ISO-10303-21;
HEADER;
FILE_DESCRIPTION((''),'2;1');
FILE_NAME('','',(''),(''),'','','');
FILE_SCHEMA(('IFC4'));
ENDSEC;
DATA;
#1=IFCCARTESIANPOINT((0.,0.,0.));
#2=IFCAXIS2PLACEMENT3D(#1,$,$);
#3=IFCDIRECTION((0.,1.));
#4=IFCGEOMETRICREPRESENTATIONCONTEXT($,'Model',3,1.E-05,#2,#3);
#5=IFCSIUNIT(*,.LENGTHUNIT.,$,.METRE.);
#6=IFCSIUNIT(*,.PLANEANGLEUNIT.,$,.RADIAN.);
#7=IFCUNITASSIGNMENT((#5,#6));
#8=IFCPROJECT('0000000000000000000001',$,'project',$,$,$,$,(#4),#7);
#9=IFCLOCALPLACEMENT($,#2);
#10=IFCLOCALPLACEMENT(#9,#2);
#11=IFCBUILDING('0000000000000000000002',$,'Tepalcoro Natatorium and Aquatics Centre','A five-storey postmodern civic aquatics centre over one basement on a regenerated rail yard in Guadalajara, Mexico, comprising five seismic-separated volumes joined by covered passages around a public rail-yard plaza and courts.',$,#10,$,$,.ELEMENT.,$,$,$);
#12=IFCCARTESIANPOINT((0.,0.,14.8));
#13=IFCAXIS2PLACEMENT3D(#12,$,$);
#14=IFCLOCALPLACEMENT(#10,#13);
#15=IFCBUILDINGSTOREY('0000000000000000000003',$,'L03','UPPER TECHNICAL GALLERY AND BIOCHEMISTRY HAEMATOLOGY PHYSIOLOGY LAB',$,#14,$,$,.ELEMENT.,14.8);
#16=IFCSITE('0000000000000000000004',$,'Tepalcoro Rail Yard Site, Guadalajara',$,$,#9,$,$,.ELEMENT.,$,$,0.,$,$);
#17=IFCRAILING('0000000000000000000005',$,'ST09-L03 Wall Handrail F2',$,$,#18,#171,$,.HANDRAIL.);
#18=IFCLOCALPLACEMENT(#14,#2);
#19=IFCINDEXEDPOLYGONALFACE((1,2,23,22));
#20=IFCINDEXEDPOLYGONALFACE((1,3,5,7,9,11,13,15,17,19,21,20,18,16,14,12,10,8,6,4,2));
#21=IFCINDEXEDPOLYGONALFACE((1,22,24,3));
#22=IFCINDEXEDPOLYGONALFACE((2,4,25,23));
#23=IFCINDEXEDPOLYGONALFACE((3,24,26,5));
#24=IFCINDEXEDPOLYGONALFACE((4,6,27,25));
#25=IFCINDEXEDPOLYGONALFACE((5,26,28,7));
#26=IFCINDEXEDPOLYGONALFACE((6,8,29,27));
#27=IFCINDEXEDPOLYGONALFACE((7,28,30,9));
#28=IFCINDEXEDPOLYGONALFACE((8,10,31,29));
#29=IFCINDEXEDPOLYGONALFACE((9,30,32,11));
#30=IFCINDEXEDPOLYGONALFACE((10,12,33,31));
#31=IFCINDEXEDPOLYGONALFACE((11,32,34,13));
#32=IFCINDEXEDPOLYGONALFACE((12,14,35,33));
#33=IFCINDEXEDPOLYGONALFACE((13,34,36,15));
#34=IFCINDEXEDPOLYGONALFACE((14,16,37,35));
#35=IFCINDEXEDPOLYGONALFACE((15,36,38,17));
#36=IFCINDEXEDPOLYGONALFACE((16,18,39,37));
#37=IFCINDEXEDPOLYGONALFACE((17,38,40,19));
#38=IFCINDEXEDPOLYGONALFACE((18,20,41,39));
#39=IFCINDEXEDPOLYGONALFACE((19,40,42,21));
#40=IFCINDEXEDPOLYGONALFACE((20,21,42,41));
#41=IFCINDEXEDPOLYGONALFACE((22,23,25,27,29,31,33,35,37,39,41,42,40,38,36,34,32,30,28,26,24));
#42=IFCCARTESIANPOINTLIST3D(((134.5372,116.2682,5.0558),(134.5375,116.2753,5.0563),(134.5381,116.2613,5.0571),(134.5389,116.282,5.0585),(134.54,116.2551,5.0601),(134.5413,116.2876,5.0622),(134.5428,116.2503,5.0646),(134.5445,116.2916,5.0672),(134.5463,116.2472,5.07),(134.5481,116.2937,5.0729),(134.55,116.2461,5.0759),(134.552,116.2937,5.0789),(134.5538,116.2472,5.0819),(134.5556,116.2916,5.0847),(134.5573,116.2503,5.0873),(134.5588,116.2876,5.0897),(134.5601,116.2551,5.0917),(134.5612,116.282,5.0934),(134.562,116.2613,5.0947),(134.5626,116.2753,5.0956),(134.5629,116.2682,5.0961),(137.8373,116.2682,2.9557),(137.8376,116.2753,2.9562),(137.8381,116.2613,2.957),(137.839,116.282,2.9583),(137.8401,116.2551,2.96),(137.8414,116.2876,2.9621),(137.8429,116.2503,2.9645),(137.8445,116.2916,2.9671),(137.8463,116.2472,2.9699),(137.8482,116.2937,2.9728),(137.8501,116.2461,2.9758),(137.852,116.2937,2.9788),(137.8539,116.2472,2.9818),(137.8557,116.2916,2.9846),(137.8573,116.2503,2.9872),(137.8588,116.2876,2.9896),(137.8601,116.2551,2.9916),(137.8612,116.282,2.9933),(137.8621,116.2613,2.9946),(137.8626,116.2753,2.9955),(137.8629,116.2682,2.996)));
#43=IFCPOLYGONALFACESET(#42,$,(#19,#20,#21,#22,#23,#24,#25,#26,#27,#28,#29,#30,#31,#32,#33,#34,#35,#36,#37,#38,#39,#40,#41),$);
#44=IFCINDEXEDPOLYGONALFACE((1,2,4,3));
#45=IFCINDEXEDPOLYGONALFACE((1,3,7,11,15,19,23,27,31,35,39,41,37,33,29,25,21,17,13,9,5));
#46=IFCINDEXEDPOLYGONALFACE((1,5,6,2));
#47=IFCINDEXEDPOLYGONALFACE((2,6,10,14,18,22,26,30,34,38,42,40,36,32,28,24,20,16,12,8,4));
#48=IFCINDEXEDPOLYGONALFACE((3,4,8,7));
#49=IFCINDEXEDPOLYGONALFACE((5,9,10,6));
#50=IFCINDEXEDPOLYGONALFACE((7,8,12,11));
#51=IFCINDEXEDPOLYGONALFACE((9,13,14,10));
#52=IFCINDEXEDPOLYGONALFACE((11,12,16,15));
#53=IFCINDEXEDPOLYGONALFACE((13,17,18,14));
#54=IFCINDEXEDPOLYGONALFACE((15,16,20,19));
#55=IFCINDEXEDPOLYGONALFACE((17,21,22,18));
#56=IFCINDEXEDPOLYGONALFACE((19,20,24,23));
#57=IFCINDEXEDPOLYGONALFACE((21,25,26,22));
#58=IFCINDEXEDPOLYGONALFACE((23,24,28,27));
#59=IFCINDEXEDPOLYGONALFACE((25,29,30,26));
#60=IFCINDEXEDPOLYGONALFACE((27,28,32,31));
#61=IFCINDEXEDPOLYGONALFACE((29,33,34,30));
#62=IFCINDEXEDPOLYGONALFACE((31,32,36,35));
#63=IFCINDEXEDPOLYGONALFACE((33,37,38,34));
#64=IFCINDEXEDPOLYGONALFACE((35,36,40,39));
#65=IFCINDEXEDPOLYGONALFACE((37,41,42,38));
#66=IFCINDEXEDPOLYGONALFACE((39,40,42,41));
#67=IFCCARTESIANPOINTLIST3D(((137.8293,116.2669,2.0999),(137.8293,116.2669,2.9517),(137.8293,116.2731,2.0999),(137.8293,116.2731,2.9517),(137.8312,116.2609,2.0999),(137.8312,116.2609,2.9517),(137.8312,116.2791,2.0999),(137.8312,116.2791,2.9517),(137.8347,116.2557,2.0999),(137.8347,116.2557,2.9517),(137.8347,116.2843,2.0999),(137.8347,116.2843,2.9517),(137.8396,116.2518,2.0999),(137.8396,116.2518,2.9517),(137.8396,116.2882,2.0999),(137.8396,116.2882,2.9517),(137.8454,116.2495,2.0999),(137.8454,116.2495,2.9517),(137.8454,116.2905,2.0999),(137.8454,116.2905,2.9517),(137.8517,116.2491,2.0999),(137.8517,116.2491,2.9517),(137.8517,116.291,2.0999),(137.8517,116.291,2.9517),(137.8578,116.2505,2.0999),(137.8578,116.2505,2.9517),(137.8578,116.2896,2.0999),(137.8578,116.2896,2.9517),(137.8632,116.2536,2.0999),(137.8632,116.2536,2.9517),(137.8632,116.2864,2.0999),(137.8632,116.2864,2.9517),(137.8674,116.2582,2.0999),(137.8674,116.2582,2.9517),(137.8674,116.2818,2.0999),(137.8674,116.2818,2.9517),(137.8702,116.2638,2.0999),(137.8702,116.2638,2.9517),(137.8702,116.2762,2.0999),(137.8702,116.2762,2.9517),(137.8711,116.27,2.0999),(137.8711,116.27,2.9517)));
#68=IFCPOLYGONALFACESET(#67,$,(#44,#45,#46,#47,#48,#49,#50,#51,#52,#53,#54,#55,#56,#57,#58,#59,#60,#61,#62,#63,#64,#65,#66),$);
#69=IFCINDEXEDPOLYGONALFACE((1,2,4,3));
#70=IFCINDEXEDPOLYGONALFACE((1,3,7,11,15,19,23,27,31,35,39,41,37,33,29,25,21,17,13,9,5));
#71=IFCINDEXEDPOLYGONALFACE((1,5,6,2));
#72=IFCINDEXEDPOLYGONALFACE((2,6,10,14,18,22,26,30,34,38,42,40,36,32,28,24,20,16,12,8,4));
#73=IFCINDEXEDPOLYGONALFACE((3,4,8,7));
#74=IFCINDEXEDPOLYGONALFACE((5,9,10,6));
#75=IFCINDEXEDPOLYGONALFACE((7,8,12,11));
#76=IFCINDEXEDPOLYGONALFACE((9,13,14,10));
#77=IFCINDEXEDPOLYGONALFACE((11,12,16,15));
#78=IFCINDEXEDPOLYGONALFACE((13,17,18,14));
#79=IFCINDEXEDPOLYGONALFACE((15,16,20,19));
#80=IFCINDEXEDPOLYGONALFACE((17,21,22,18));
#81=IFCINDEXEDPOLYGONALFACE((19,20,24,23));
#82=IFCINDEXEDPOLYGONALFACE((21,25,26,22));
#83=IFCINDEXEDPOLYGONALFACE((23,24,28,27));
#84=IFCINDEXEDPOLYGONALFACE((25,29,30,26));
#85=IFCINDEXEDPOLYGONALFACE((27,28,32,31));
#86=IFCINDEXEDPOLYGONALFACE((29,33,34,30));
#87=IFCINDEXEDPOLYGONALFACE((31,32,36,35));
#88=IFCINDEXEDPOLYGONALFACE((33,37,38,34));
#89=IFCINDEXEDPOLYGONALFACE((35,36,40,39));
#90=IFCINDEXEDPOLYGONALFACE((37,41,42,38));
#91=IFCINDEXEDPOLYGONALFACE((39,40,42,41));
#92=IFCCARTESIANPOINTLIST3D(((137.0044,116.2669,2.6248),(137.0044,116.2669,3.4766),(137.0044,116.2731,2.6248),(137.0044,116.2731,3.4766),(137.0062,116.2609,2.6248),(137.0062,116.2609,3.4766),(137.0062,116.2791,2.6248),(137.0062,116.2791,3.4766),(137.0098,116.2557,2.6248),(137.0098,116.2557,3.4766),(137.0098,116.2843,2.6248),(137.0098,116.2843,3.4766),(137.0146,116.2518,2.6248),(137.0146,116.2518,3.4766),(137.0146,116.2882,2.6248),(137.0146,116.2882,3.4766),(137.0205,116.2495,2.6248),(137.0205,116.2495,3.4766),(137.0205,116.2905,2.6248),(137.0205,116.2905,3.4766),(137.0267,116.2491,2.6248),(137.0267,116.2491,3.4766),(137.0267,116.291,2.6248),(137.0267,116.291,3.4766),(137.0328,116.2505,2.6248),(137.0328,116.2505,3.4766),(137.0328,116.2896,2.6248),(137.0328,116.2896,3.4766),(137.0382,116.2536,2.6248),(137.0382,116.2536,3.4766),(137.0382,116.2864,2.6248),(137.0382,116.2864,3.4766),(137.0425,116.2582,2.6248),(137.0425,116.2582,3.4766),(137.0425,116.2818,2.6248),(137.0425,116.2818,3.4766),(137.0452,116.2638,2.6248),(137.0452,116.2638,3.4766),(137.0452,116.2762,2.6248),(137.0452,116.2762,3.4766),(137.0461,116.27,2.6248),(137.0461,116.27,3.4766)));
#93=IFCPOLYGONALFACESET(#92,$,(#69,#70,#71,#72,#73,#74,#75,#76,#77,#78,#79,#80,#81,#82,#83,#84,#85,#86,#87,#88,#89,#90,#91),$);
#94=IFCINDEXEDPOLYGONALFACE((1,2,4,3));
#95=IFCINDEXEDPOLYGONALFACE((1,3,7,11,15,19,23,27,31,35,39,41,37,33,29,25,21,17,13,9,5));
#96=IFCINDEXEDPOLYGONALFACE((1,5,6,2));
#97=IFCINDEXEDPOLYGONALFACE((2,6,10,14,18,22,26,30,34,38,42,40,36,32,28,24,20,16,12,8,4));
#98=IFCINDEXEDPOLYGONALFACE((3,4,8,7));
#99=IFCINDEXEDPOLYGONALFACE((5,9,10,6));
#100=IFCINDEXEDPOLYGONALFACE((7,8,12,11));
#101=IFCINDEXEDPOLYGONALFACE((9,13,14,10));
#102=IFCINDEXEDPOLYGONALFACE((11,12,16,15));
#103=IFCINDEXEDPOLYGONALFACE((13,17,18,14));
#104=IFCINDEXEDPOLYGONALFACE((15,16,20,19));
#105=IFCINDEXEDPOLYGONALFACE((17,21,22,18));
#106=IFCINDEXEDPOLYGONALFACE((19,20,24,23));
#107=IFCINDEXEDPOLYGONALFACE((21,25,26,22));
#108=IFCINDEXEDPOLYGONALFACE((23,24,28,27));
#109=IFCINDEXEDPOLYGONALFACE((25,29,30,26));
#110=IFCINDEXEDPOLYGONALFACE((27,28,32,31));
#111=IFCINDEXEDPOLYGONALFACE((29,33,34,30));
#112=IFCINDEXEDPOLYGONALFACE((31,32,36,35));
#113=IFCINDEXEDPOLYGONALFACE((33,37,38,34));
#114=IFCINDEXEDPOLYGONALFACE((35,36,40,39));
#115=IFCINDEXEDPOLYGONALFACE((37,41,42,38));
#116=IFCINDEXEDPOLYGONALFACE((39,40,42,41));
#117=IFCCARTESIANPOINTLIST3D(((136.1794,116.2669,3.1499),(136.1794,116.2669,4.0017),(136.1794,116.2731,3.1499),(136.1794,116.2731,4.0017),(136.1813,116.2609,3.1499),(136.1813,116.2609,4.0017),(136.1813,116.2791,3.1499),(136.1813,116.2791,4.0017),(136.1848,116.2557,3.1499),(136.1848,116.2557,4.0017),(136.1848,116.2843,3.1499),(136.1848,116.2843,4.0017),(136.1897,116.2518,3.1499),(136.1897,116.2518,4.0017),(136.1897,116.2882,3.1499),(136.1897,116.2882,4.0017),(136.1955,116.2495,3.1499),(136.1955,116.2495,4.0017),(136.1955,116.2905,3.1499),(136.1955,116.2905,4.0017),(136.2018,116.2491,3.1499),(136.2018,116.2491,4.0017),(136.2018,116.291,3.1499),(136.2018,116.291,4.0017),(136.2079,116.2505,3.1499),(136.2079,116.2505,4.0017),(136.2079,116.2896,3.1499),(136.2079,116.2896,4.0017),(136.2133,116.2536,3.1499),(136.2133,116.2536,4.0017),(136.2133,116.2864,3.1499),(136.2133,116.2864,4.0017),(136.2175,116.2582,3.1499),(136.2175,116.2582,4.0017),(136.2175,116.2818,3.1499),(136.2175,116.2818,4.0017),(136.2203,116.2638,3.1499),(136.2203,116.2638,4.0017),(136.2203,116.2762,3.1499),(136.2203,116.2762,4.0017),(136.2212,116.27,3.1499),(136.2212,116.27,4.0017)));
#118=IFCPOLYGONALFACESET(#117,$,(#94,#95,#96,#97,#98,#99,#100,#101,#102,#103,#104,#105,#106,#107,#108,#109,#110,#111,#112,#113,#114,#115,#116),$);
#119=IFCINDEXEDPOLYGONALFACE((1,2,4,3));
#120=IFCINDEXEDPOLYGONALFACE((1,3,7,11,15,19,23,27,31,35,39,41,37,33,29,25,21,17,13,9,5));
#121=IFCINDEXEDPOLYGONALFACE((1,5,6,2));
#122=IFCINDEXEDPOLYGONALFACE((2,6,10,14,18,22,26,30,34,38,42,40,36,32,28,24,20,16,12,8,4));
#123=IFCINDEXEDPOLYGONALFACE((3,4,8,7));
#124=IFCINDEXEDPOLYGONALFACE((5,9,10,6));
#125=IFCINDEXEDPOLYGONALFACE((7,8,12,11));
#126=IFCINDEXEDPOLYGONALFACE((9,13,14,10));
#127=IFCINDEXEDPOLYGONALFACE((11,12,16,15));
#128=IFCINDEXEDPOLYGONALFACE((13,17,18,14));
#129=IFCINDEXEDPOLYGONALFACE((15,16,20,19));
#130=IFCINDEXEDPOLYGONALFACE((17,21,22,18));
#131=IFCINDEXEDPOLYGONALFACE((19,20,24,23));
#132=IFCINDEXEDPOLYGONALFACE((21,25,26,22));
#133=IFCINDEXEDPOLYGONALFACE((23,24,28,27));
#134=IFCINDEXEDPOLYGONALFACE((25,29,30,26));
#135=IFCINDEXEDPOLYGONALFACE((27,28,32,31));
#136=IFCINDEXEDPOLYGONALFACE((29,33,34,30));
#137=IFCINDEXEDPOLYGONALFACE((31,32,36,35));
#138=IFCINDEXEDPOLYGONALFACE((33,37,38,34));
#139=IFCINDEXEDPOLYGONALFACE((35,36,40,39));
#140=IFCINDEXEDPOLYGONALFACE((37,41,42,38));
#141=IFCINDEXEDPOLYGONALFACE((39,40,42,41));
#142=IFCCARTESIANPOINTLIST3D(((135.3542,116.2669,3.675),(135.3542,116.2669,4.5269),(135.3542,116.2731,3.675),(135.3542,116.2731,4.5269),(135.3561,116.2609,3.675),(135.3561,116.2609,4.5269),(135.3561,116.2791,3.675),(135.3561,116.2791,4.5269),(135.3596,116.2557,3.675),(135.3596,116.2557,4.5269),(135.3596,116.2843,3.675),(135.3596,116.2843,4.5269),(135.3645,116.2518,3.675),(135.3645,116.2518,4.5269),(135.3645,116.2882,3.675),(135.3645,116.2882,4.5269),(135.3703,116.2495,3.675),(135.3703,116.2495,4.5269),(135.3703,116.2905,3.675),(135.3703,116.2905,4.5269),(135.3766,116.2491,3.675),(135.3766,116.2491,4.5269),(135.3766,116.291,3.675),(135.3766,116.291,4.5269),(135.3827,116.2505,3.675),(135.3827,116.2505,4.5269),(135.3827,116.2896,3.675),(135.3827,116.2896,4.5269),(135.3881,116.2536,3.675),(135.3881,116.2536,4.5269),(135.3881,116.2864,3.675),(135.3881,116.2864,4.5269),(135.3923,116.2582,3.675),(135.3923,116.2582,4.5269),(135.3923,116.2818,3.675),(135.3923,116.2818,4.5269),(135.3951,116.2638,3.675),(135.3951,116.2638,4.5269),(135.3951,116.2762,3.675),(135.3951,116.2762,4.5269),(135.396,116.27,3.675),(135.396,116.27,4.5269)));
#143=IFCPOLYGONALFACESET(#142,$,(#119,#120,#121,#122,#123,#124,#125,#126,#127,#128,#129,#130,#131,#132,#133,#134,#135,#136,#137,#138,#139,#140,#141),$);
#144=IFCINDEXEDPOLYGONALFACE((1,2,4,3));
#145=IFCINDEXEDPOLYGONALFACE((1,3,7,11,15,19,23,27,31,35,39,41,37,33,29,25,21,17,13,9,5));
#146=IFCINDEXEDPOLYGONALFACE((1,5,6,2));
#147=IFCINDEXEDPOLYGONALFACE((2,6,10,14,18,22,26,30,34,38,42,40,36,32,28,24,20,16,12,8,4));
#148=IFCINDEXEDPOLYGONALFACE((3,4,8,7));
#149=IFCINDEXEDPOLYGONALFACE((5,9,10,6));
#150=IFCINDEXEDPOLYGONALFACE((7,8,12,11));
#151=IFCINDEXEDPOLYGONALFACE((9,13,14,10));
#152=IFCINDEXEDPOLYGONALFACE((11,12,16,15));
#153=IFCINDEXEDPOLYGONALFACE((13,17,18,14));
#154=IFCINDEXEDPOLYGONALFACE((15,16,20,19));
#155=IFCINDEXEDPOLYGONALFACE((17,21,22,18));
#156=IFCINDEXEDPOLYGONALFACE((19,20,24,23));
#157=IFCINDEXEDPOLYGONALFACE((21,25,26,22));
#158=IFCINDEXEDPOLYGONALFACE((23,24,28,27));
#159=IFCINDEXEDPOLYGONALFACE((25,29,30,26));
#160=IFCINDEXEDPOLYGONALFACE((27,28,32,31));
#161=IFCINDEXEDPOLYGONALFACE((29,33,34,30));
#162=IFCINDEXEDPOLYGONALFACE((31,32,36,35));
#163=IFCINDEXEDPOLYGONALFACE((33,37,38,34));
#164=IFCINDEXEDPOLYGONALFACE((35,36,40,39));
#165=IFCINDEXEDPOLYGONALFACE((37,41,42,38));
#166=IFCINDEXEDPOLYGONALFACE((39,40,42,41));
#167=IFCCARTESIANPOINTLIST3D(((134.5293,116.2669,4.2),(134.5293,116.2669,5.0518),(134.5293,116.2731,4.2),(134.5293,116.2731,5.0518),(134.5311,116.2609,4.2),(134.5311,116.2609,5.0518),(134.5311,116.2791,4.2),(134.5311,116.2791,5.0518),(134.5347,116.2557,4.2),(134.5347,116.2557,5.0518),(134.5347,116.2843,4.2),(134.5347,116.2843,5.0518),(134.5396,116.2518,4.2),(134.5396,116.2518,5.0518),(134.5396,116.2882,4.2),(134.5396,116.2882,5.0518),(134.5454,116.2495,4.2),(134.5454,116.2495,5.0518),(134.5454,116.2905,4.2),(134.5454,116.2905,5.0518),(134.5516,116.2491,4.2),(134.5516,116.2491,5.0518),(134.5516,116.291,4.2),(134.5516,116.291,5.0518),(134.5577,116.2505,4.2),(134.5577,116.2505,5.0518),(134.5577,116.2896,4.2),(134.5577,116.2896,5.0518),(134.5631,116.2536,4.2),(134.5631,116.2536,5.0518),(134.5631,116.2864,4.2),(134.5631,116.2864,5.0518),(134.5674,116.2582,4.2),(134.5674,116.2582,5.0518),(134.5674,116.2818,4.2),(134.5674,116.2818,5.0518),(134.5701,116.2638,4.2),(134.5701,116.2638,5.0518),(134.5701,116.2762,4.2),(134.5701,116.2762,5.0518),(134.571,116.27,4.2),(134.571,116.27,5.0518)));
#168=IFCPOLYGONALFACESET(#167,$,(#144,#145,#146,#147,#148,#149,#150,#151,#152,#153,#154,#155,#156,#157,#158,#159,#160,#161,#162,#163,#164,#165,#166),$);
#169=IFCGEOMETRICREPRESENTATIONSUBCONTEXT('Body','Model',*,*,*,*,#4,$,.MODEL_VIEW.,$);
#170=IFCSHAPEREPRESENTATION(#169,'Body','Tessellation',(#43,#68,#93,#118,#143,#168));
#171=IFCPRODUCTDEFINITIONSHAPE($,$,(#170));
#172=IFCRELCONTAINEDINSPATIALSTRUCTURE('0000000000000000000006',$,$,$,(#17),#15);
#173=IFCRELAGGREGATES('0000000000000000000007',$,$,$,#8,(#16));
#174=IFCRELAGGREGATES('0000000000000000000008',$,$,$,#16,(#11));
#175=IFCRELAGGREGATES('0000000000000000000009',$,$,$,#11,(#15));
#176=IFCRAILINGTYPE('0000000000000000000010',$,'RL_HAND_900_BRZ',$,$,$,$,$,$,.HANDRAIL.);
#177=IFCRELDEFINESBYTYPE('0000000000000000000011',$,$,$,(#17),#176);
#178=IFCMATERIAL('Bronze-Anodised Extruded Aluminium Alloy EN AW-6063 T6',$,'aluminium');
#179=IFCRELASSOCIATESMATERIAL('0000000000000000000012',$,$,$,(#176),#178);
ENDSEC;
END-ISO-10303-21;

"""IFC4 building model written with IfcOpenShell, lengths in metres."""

from ifc_helpers import new_model, si_unit, direction, frame, origin, origin_2d, place, context, subcontext, project, spatial, circle, extrude, material, type_object, element, save


model = new_model("IFC4")

# Units and contexts
model_context = context("Model", 3, precision=1e-05, world=origin(), true_north=direction((0.0, 1.0)))
body_context = subcontext(model_context, "Body", "Model", "MODEL_VIEW")
ifc_project = project(units=[si_unit("LENGTHUNIT", "METRE"), si_unit("PLANEANGLEUNIT", "RADIAN")], contexts=[model_context])

# Site, building, storey
site_placement = place(None, origin())
site = spatial("IfcSite", under=ifc_project, at=site_placement, Name="Tepalcoro Rail Yard Site, Guadalajara", CompositionType="ELEMENT", RefElevation=0.0)
building_placement = place(site_placement, origin())
building = spatial("IfcBuilding", under=site, at=building_placement, Name="Tepalcoro Natatorium and Aquatics Centre", Description="A five-storey postmodern civic aquatics centre over one basement on a regenerated rail yard in Guadalajara, Mexico, comprising five seismic-separated volumes joined by covered passages around a public rail-yard plaza and courts.", CompositionType="ELEMENT")
storey_placement = place(building_placement, frame((0.0, 0.0, 14.8)))
storey = spatial("IfcBuildingStorey", under=building, at=storey_placement, Name="L03", Description="UPPER TECHNICAL GALLERY AND BIOCHEMISTRY HAEMATOLOGY PHYSIOLOGY LAB", CompositionType="ELEMENT", Elevation=14.8)

# Railing
ifc_material_1 = material(Name="Bronze-Anodised Extruded Aluminium Alloy EN AW-6063 T6", Category="aluminium")
railing_type_1 = type_object("IfcRailingType", Name="RL_HAND_900_BRZ", PredefinedType="HANDRAIL", material=ifc_material_1)
railing_1_placement = place(storey_placement, frame((137.8501, 116.27, 2.0999)))
element("IfcRailing", 1, at=railing_1_placement, inside=storey, type_object=railing_type_1, Name="ST09-L03 Wall Handrail F2", PredefinedType="HANDRAIL", context=body_context, shape_type="SweptSolid", body=[
    extrude(circle(Radius=0.0239, at=origin_2d()), frame((0.0, 0.0, 0.876), z_axis=(-0.843654, 0.0, 0.536888), x_axis=(0.0, -1.0, 0.0)), (0.0, 0.0, 1.0), 3.9116),
    extrude(circle(Radius=0.021, at=origin_2d()), origin(), (0.0, 0.0, 1.0), 0.8518),
    extrude(circle(Radius=0.021, at=origin_2d()), frame((-0.825, 0.0, 0.5249)), (0.0, 0.0, 1.0), 0.8518),
    extrude(circle(Radius=0.021, at=origin_2d()), frame((-1.6499, 0.0, 1.05)), (0.0, 0.0, 1.0), 0.8518),
    extrude(circle(Radius=0.021, at=origin_2d()), frame((-2.4751, 0.0, 1.5752)), (0.0, 0.0, 1.0), 0.8518),
    extrude(circle(Radius=0.021, at=origin_2d()), frame((-3.3, 0.0, 2.1001)), (0.0, 0.0, 1.0), 0.8518),
])

save(model, "model.ifc")
